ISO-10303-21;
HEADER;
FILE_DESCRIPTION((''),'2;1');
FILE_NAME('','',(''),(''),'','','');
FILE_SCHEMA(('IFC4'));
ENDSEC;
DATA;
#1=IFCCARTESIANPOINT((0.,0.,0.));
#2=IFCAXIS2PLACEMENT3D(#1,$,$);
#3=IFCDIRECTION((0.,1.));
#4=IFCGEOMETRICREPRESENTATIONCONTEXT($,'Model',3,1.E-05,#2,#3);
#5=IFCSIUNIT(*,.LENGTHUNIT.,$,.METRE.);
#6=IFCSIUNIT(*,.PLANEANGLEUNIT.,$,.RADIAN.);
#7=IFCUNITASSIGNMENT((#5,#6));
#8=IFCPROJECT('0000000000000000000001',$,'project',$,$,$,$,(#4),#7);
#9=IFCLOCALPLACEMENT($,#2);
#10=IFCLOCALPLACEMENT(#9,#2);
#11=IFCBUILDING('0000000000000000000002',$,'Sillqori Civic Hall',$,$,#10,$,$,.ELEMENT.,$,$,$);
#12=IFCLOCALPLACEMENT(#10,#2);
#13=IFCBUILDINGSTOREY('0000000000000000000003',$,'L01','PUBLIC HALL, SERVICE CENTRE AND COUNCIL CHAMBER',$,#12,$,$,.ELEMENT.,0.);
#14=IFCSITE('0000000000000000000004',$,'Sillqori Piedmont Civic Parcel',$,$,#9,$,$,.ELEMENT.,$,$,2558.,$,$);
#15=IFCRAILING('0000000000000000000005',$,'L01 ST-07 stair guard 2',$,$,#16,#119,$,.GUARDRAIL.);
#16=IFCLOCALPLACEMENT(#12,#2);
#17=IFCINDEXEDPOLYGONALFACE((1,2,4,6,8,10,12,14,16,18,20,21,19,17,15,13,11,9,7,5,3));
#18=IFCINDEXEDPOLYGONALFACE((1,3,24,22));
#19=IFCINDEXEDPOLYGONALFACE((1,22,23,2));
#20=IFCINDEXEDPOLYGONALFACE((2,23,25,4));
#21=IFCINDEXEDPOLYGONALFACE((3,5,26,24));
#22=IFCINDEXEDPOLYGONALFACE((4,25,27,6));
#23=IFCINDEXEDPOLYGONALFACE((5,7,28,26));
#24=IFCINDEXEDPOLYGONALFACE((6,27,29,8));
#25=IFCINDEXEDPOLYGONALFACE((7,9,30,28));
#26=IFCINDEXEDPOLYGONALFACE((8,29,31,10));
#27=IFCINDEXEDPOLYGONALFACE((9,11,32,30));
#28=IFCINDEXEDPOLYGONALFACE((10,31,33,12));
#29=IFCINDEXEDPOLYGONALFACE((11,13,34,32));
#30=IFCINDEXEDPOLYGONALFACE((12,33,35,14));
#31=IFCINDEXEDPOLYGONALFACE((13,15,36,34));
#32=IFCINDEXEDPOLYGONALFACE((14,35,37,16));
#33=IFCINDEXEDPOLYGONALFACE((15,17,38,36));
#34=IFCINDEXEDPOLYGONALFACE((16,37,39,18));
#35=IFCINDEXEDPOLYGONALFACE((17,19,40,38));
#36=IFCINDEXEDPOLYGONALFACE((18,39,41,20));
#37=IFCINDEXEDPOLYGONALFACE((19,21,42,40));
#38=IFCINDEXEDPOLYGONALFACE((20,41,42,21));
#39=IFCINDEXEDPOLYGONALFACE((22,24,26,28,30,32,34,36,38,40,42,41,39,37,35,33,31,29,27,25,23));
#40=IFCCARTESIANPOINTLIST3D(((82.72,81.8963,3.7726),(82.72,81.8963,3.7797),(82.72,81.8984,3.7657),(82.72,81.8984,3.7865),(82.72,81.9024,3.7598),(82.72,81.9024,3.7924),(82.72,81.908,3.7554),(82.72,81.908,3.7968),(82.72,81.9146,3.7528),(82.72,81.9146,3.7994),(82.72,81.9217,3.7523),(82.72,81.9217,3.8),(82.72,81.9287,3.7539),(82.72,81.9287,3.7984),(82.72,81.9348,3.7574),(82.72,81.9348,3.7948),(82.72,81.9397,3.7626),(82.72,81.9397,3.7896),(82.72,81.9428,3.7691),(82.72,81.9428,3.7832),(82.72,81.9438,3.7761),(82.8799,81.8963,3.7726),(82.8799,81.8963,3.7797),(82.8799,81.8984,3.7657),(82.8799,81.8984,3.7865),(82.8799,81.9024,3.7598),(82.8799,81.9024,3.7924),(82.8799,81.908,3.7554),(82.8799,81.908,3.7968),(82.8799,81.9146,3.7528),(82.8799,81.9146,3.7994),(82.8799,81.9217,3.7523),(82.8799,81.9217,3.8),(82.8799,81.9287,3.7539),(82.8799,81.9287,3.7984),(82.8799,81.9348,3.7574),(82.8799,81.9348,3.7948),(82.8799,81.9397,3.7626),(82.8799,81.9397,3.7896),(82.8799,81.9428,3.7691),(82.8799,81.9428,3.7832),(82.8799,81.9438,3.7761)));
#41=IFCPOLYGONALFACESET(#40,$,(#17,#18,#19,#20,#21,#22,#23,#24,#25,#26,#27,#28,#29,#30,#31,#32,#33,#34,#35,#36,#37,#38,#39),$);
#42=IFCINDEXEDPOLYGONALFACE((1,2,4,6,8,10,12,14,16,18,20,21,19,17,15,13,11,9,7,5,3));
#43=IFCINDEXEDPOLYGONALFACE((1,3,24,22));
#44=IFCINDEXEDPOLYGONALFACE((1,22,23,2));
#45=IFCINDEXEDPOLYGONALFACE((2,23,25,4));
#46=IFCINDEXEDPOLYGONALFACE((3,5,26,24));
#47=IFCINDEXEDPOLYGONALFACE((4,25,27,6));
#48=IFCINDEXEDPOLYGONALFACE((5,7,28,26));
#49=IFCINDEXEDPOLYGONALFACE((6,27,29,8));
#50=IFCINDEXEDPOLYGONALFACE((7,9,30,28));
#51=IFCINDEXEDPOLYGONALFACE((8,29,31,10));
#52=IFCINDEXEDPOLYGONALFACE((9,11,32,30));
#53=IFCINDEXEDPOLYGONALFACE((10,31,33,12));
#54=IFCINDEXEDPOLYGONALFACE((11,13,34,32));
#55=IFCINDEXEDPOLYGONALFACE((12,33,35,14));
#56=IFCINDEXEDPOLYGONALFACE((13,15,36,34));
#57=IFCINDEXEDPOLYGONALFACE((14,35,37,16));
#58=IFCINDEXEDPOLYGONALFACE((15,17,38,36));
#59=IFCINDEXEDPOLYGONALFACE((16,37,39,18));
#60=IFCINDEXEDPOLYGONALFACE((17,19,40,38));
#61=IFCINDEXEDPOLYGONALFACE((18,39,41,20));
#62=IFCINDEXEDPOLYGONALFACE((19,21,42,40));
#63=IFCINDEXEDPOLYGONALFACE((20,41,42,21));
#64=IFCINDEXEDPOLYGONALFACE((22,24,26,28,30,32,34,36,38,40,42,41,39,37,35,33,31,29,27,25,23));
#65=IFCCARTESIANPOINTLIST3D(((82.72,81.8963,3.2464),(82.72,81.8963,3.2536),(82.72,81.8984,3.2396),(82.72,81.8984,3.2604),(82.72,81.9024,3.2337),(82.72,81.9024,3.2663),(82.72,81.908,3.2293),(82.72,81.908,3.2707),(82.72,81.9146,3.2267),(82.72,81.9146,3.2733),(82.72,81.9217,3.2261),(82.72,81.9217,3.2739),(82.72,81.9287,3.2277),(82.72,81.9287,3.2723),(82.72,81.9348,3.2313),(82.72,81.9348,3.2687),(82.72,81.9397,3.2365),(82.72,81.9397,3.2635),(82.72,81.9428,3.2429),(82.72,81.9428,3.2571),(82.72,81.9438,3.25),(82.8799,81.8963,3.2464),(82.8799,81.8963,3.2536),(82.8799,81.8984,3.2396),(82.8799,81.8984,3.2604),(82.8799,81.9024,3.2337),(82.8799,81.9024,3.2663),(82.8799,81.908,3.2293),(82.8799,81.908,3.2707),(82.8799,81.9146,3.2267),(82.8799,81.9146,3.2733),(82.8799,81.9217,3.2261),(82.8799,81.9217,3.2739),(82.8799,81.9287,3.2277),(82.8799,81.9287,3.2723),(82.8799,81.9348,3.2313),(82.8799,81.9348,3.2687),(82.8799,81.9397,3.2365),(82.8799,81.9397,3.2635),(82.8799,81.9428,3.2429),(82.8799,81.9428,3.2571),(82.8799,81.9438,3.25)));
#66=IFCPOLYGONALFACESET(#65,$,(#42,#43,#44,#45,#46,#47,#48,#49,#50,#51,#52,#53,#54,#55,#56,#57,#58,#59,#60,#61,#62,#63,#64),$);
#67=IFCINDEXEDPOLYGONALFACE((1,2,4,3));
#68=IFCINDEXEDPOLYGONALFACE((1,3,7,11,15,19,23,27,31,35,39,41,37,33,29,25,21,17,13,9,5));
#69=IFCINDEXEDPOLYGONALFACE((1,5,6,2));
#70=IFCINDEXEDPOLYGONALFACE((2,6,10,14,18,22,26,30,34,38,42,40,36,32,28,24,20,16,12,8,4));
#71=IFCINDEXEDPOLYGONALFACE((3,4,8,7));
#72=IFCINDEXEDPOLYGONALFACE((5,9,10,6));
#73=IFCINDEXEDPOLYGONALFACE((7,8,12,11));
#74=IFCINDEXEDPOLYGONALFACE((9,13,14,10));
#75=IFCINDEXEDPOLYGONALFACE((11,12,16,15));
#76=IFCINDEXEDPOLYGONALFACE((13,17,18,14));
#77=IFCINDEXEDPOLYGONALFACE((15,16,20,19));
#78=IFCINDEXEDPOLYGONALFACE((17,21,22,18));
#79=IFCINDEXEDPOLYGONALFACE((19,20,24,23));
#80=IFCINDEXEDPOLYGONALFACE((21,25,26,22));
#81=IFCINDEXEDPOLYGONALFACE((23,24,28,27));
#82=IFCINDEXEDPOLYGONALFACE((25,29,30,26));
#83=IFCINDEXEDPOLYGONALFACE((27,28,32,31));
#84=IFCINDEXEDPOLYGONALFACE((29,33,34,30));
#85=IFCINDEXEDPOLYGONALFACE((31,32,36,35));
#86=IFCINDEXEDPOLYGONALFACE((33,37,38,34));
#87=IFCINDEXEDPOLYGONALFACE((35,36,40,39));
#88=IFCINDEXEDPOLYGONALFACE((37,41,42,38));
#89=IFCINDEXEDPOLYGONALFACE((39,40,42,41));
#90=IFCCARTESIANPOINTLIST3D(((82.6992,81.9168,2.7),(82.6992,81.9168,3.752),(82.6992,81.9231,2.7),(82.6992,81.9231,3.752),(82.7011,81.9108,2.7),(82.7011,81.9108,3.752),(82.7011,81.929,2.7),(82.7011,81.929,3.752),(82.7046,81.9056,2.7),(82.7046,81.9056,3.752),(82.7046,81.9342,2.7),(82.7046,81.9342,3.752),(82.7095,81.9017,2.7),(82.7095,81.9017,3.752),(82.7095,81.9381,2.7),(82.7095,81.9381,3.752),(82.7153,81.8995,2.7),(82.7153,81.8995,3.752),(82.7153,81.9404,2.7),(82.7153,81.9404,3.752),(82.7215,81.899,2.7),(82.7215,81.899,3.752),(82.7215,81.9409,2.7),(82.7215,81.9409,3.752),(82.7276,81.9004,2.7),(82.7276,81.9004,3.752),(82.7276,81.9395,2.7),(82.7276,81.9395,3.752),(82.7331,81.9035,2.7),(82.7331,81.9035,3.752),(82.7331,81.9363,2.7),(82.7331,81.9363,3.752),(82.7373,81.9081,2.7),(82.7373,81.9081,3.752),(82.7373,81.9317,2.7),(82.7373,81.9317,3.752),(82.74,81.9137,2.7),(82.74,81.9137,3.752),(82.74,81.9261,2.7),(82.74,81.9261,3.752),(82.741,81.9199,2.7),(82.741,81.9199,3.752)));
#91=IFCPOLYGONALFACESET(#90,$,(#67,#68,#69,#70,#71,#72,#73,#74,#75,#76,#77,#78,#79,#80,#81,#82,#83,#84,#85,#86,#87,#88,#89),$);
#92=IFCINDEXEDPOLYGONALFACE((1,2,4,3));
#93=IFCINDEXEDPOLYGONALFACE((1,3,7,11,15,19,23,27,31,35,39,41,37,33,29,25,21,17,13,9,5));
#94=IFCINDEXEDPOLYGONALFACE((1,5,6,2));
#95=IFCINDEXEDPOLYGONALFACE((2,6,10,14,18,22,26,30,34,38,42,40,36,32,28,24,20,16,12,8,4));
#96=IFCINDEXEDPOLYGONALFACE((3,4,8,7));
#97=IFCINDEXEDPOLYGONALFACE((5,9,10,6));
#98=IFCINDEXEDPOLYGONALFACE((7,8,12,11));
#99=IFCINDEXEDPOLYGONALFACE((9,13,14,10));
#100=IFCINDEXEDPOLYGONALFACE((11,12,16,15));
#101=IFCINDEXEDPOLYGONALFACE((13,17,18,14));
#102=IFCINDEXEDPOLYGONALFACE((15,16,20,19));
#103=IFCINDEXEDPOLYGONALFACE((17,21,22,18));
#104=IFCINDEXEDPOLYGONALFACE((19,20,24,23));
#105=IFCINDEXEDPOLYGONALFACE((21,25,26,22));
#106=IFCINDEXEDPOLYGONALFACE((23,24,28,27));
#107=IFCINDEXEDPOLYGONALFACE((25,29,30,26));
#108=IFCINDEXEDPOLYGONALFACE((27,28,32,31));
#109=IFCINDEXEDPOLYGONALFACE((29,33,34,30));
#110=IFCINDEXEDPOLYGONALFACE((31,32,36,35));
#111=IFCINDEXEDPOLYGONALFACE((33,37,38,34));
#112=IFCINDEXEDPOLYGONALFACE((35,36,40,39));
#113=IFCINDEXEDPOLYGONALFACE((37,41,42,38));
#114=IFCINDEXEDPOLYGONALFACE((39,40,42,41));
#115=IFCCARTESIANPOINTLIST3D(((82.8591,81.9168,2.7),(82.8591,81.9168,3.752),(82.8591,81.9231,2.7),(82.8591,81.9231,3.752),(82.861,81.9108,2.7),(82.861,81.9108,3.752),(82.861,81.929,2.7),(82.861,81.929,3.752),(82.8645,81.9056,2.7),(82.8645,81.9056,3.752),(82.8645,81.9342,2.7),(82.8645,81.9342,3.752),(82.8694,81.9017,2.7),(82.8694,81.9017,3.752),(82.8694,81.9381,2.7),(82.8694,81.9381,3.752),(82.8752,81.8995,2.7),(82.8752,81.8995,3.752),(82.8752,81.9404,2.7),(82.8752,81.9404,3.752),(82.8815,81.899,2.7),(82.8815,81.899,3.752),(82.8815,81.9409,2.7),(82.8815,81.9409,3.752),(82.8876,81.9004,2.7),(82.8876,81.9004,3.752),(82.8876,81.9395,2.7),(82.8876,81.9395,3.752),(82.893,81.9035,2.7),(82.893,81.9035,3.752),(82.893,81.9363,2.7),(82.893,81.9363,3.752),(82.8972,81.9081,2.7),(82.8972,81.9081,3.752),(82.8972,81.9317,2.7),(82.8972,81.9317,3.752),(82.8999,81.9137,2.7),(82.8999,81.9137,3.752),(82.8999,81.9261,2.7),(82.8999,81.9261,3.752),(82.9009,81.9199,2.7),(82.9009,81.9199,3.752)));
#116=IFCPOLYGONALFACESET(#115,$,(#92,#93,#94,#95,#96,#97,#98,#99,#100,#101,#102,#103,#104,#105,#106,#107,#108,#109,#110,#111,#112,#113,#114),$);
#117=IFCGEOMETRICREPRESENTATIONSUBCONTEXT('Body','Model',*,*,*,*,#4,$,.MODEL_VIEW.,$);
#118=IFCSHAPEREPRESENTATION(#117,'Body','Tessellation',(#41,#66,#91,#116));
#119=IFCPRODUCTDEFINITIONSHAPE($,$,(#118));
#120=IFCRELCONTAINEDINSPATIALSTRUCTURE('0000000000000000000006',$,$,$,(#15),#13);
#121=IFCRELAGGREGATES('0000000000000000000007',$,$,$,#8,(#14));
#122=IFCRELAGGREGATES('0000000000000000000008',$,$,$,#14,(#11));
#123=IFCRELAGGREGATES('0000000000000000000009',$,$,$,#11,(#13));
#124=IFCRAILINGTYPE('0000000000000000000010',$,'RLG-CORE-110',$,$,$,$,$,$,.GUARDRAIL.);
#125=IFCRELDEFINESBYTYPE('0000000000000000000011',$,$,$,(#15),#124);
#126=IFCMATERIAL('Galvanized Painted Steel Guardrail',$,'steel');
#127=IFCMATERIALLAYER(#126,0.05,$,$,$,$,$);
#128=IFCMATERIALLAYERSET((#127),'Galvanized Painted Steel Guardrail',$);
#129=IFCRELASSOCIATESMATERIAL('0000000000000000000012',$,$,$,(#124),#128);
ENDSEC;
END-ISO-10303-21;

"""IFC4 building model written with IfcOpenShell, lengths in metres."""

from ifc_helpers import new_model, si_unit, direction, frame, origin, origin_2d, place, context, subcontext, project, spatial, circle, extrude, material, layer, layer_set, type_object, element, save


model = new_model("IFC4")

# Units and contexts
model_context = context("Model", 3, precision=1e-05, world=origin(), true_north=direction((0.0, 1.0)))
body_context = subcontext(model_context, "Body", "Model", "MODEL_VIEW")
ifc_project = project(units=[si_unit("LENGTHUNIT", "METRE"), si_unit("PLANEANGLEUNIT", "RADIAN")], contexts=[model_context])

# Site, building, storey
site_placement = place(None, origin())
site = spatial("IfcSite", under=ifc_project, at=site_placement, Name="Sillqori Piedmont Civic Parcel", CompositionType="ELEMENT", RefElevation=2558.0)
building_placement = place(site_placement, origin())
building = spatial("IfcBuilding", under=site, at=building_placement, Name="Sillqori Civic Hall", CompositionType="ELEMENT")
storey_placement = place(building_placement, origin())
storey = spatial("IfcBuildingStorey", under=building, at=storey_placement, Name="L01", Description="PUBLIC HALL, SERVICE CENTRE AND COUNCIL CHAMBER", CompositionType="ELEMENT", Elevation=0.0)

# Railing
ifc_material_1 = material(Name="Galvanized Painted Steel Guardrail", Category="steel")
ifc_layer_1 = layer(ifc_material_1, 0.05)
ifc_layer_set_1 = layer_set([ifc_layer_1], Name="Galvanized Painted Steel Guardrail")
railing_type_1 = type_object("IfcRailingType", Name="RLG-CORE-110", PredefinedType="GUARDRAIL", material=ifc_layer_set_1)
railing_1_placement = place(storey_placement, frame((82.72, 81.9199, 2.7)))
element("IfcRailing", 1, at=railing_1_placement, inside=storey, type_object=railing_type_1, Name="L01 ST-07 stair guard 2", PredefinedType="GUARDRAIL", context=body_context, shape_type="SweptSolid", body=[
    extrude(circle(Radius=0.0239, at=origin_2d()), frame((0.0, 0.0, 1.0762), z_axis=(1.0, 0.0, 0.0), x_axis=(0.0, 1.0, 0.0)), (0.0, 0.0, 1.0), 0.1599),
    extrude(circle(Radius=0.0239, at=origin_2d()), frame((0.0, 0.0, 0.55), z_axis=(1.0, 0.0, 0.0), x_axis=(0.0, 1.0, 0.0)), (0.0, 0.0, 1.0), 0.1599),
    extrude(circle(Radius=0.021, at=origin_2d()), origin(), (0.0, 0.0, 1.0), 1.052),
    extrude(circle(Radius=0.021, at=origin_2d()), frame((0.1599, 0.0, 0.0)), (0.0, 0.0, 1.0), 1.052),
])

save(model, "model.ifc")
